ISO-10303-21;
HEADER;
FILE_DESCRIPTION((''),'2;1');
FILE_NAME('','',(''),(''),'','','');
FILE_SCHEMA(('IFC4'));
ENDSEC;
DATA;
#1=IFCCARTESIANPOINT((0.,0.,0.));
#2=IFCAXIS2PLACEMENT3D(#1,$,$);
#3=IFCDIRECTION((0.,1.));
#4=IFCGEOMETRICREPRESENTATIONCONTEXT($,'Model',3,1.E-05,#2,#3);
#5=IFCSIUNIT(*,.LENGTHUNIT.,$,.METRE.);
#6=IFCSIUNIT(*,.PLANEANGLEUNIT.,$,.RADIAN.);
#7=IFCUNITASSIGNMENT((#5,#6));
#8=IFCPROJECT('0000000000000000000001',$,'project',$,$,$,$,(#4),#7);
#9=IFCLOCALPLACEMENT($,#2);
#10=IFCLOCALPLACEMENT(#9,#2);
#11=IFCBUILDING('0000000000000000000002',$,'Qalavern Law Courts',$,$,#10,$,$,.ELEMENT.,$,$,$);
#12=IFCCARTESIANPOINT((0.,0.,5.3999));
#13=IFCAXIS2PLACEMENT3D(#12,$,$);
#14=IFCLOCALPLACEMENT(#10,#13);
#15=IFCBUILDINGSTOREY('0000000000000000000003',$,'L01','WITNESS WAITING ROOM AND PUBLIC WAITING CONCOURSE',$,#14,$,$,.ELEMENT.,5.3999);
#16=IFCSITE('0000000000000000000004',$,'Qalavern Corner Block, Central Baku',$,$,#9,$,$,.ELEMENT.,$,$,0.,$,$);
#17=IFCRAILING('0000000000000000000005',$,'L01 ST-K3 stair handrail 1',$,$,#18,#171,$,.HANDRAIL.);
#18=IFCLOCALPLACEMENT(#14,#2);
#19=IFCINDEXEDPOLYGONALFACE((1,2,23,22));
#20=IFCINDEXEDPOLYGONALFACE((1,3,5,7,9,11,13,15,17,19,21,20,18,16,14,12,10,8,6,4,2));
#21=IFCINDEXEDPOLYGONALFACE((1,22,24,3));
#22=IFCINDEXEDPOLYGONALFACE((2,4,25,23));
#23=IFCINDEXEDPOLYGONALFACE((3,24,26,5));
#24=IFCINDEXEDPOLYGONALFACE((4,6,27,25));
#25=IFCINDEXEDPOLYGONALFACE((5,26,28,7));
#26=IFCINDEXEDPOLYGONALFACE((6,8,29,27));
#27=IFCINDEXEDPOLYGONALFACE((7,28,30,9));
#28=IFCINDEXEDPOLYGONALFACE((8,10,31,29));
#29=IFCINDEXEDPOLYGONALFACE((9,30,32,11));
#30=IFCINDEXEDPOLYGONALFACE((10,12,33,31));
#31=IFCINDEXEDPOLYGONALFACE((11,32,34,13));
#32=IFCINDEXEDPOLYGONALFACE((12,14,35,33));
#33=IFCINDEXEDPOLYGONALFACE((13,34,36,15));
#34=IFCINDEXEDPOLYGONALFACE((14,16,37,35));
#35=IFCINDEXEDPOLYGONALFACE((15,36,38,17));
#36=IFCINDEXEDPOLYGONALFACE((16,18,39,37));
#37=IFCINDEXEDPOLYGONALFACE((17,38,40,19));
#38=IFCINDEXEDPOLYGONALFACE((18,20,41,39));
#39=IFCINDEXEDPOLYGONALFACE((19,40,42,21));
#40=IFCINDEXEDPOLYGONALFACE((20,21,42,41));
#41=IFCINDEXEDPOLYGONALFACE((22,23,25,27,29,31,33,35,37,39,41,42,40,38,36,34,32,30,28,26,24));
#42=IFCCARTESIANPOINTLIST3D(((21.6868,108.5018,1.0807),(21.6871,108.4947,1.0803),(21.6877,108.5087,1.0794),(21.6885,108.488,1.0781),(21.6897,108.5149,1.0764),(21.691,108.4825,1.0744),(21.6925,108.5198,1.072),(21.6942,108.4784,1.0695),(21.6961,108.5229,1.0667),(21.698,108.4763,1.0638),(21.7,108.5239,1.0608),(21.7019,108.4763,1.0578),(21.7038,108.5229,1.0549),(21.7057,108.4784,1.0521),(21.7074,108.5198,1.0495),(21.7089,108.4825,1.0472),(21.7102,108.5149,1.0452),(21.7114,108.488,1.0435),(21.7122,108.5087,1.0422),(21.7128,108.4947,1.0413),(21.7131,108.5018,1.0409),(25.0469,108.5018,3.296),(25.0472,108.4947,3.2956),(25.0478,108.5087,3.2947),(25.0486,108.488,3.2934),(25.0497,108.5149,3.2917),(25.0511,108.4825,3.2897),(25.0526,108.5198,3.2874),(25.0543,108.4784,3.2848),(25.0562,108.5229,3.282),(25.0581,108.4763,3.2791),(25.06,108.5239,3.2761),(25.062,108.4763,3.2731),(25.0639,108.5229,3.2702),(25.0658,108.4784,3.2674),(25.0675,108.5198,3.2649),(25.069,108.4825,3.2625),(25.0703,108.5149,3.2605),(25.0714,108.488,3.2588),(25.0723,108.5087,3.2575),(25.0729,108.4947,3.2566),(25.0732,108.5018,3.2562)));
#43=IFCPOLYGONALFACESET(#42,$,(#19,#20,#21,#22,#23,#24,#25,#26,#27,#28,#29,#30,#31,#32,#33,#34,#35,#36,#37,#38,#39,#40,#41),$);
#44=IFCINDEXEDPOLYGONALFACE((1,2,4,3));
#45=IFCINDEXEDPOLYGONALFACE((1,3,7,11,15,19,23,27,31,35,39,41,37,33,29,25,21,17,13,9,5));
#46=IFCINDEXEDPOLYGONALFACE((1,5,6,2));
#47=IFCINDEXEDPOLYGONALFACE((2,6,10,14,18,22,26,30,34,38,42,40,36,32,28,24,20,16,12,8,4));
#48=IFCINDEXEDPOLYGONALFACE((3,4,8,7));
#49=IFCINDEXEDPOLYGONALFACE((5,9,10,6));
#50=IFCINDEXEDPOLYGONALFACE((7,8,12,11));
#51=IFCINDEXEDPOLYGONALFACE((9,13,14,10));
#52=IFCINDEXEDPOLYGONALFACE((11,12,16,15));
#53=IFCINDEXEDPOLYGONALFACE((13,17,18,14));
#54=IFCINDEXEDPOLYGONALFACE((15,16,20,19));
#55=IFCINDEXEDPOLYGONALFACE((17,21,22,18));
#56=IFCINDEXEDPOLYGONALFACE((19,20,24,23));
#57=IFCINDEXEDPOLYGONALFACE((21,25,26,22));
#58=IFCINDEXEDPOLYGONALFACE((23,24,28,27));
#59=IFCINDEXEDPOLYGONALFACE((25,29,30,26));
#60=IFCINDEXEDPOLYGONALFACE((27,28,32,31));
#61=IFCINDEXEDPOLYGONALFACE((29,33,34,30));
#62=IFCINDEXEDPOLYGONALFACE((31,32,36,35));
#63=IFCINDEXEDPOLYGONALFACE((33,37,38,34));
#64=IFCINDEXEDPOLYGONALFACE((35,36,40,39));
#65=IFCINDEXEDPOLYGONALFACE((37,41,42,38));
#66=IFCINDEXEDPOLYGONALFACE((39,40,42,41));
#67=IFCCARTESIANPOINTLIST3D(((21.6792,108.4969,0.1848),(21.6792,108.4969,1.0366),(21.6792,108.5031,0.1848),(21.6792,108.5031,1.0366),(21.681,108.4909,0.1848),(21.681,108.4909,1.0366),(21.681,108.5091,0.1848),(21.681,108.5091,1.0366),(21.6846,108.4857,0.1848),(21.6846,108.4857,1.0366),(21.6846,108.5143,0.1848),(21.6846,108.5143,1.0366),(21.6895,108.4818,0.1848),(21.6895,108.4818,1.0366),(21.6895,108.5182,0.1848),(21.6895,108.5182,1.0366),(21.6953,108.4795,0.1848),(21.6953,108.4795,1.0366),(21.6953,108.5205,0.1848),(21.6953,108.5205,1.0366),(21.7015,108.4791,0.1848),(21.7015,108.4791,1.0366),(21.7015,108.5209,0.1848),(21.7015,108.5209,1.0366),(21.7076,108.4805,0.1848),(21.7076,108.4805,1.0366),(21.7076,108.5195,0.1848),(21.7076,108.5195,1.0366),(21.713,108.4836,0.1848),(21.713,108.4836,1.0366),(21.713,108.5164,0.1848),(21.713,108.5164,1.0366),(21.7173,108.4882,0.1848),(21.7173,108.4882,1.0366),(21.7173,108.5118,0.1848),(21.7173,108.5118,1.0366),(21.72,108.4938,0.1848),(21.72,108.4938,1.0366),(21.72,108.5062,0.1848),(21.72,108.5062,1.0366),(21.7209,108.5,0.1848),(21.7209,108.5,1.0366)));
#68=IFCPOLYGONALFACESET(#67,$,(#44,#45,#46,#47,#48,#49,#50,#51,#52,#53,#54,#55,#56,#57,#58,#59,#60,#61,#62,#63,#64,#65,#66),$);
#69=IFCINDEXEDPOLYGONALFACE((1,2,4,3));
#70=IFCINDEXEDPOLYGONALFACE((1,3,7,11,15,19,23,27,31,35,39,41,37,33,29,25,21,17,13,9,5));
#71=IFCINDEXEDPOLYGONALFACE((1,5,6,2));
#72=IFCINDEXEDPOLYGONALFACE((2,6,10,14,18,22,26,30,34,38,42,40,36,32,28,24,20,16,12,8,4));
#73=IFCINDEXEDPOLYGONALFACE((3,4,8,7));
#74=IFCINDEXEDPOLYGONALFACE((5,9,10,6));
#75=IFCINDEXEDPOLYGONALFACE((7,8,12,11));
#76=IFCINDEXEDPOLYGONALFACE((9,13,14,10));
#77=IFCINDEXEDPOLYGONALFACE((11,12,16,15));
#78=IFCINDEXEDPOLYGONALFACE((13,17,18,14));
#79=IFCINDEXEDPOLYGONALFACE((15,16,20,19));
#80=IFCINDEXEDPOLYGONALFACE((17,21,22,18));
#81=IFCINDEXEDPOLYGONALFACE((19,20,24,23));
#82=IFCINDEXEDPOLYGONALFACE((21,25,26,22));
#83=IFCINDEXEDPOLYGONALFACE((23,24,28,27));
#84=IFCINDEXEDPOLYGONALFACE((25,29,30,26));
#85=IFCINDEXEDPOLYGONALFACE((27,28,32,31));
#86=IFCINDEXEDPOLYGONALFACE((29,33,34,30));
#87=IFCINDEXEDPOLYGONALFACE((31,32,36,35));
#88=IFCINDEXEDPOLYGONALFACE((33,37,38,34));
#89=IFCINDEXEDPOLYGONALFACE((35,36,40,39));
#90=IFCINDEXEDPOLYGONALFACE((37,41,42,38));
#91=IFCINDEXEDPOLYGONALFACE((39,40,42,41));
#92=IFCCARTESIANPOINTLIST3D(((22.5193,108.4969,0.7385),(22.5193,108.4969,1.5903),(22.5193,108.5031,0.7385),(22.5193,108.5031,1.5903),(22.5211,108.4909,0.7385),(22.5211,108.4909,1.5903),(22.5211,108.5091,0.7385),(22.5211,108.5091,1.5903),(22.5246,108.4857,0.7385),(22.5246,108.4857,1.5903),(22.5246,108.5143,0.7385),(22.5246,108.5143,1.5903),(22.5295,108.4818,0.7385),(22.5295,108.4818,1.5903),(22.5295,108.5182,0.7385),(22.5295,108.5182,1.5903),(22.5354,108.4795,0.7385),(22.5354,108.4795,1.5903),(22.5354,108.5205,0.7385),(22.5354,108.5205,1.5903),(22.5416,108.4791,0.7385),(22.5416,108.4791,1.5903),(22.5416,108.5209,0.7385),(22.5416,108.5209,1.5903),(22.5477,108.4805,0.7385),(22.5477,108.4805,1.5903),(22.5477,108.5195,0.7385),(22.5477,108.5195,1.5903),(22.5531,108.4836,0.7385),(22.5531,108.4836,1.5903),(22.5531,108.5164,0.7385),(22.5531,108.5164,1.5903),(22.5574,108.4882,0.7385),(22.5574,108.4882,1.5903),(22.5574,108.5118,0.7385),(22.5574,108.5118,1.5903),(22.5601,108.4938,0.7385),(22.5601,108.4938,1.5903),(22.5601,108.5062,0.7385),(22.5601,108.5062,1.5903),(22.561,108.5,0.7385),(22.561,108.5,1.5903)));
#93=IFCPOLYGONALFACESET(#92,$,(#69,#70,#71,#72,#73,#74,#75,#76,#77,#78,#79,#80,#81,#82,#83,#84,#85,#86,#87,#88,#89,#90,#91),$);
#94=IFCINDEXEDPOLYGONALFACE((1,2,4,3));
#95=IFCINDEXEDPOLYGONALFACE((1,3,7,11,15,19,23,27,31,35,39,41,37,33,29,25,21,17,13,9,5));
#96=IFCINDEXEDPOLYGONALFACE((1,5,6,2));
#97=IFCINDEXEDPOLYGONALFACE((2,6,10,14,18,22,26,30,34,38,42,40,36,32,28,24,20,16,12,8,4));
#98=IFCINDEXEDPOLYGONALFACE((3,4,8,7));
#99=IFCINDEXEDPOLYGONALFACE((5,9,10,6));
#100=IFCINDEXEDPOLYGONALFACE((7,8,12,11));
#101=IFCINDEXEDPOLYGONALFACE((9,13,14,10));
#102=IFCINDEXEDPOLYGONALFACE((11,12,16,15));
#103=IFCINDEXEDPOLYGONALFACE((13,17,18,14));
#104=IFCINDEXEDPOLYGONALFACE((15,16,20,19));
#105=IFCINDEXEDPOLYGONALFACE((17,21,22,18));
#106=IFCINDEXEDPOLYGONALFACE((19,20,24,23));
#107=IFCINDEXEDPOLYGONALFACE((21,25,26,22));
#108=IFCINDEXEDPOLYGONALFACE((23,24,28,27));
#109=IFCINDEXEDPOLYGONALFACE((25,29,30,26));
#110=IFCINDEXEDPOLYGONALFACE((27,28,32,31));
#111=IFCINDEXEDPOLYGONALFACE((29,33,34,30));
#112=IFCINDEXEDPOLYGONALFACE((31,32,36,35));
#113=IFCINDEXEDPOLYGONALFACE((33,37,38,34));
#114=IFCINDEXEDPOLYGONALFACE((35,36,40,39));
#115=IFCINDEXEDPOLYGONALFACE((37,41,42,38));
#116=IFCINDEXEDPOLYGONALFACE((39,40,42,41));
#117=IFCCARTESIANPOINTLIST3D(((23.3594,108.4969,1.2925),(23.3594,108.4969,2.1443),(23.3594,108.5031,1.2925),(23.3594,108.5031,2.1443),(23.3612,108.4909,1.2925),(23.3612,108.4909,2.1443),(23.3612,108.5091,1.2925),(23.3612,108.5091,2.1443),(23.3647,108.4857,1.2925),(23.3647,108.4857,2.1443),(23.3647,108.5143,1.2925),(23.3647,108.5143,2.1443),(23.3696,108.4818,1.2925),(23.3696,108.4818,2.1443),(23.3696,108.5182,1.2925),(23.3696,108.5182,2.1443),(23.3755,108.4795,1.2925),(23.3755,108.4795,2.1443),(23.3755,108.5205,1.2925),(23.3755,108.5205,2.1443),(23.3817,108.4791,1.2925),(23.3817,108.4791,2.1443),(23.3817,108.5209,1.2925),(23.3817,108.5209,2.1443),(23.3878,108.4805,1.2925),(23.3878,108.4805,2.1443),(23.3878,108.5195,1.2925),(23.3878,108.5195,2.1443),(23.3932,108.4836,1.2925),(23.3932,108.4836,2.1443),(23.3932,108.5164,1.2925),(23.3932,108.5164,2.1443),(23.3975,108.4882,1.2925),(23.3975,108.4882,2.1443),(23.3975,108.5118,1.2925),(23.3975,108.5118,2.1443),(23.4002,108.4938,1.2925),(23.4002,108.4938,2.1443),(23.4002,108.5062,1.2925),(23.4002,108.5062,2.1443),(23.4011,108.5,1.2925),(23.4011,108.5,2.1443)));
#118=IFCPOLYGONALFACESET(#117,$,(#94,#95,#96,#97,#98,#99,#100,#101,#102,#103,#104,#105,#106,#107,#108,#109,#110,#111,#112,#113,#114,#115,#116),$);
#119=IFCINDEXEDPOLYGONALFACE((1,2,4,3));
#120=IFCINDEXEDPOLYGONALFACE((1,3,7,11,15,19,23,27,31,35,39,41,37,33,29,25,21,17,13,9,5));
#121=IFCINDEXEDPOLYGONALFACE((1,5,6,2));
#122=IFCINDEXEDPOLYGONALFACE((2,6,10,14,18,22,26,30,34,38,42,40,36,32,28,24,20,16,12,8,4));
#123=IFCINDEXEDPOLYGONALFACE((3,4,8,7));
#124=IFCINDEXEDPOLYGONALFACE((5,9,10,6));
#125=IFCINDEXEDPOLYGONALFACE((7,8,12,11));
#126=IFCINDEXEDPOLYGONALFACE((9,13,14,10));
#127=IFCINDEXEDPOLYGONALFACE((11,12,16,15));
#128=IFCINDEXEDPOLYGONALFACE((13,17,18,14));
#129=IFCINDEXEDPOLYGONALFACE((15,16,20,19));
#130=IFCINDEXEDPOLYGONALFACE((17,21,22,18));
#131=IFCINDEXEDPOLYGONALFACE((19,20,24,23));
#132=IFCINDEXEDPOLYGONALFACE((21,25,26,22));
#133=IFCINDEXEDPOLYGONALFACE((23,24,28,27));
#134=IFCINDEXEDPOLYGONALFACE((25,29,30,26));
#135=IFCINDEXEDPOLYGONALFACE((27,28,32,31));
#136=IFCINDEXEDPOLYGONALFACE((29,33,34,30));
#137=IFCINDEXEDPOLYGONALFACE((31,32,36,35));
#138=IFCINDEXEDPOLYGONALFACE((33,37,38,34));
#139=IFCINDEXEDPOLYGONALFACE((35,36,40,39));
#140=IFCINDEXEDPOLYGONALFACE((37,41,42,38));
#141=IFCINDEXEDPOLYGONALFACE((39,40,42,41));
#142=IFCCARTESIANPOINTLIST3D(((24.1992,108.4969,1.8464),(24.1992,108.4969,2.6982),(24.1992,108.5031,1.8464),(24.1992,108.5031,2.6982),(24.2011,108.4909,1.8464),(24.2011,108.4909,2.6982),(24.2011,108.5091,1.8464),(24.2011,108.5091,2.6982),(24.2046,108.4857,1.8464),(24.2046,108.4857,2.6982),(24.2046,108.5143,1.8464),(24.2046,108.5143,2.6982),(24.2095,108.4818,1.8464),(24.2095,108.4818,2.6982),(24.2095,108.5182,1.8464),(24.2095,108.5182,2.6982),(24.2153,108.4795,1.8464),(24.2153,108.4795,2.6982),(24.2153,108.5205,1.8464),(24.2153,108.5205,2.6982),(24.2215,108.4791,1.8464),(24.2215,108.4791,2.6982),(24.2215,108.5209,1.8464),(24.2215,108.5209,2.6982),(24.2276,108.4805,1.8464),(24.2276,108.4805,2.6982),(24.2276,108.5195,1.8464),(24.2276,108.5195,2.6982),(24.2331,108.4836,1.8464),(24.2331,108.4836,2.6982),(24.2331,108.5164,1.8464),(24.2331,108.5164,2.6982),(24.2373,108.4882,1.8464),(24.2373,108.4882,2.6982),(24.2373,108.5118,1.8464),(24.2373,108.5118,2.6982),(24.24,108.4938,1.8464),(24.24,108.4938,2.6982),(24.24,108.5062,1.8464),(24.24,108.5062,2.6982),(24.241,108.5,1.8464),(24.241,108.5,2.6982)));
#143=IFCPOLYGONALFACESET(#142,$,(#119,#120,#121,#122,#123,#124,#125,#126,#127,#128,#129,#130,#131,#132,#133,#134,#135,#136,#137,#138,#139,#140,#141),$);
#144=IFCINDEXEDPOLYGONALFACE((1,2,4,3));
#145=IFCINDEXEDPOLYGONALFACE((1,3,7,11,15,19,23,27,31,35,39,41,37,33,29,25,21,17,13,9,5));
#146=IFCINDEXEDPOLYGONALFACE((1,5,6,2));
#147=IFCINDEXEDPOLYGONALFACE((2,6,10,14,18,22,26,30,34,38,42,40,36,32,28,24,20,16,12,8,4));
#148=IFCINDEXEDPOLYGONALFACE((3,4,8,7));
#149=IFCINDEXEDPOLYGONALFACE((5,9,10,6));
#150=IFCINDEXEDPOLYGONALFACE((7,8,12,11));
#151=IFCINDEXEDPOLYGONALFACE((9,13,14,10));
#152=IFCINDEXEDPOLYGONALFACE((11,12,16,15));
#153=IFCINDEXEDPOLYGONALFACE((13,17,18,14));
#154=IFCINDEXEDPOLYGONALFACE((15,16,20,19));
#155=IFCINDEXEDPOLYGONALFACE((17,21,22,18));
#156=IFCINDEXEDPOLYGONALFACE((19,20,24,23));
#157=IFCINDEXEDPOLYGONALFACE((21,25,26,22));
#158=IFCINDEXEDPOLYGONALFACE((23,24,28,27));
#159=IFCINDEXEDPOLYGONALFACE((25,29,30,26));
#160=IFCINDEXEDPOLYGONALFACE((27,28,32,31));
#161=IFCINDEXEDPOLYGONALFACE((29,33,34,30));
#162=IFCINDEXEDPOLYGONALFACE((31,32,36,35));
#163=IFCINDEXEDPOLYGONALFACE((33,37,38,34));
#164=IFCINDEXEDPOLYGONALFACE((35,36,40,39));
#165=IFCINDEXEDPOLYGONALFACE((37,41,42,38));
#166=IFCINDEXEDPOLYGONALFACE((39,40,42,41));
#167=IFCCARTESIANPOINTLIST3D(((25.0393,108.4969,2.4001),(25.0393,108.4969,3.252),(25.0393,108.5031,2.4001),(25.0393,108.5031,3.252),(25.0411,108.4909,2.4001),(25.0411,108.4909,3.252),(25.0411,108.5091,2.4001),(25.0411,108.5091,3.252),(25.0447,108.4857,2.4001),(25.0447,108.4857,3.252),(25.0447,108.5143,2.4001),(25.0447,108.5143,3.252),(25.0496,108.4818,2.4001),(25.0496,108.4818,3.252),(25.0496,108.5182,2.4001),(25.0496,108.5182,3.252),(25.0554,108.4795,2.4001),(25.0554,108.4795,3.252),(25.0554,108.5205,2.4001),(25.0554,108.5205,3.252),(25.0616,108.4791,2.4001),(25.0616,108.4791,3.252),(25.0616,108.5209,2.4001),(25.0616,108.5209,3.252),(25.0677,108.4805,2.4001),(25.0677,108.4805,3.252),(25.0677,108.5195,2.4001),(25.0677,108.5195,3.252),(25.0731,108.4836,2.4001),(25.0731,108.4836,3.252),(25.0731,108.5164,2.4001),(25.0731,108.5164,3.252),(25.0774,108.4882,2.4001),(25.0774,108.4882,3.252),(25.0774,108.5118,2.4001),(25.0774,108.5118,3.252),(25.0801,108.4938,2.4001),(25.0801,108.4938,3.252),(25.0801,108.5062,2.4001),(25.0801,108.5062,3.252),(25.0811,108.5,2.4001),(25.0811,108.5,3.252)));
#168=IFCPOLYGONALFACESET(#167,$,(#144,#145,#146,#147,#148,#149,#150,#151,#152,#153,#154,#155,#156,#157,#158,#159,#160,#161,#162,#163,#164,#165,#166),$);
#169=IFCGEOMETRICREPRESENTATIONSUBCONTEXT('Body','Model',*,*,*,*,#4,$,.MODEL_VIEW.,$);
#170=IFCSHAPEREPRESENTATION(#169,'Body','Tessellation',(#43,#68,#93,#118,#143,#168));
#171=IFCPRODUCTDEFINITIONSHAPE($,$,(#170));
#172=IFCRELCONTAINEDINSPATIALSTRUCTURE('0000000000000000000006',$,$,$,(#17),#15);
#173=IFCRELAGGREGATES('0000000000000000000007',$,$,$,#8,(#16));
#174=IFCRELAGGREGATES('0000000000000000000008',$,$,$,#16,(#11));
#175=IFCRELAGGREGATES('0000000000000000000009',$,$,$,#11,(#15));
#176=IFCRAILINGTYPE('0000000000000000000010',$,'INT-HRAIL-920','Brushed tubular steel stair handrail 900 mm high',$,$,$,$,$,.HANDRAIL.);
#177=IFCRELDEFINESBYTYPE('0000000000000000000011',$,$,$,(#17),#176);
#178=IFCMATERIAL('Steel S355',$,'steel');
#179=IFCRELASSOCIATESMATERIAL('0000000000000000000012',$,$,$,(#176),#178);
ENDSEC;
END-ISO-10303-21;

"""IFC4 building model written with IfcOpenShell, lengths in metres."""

from ifc_helpers import new_model, si_unit, direction, frame, origin, origin_2d, place, context, subcontext, project, spatial, circle, extrude, material, type_object, element, save


model = new_model("IFC4")

# Units and contexts
model_context = context("Model", 3, precision=1e-05, world=origin(), true_north=direction((0.0, 1.0)))
body_context = subcontext(model_context, "Body", "Model", "MODEL_VIEW")
ifc_project = project(units=[si_unit("LENGTHUNIT", "METRE"), si_unit("PLANEANGLEUNIT", "RADIAN")], contexts=[model_context])

# Site, building, storey
site_placement = place(None, origin())
site = spatial("IfcSite", under=ifc_project, at=site_placement, Name="Qalavern Corner Block, Central Baku", CompositionType="ELEMENT", RefElevation=0.0)
building_placement = place(site_placement, origin())
building = spatial("IfcBuilding", under=site, at=building_placement, Name="Qalavern Law Courts", CompositionType="ELEMENT")
storey_placement = place(building_placement, frame((0.0, 0.0, 5.3999)))
storey = spatial("IfcBuildingStorey", under=building, at=storey_placement, Name="L01", Description="WITNESS WAITING ROOM AND PUBLIC WAITING CONCOURSE", CompositionType="ELEMENT", Elevation=5.3999)

# Shared definitions
ifc_material_1 = material(Name="Steel S355", Category="steel")

# Railing
railing_type_1 = type_object("IfcRailingType", Name="INT-HRAIL-920", Description="Brushed tubular steel stair handrail 900 mm high", PredefinedType="HANDRAIL", material=ifc_material_1)
railing_1_placement = place(storey_placement, frame((21.7, 108.5, 0.1848)))
element("IfcRailing", 1, at=railing_1_placement, inside=storey, type_object=railing_type_1, Name="L01 ST-K3 stair handrail 1", PredefinedType="HANDRAIL", context=body_context, shape_type="SweptSolid", body=[
    extrude(circle(Radius=0.0239, at=origin_2d()), frame((0.0, 0.0, 0.876), z_axis=(0.834876, 0.0, 0.550437), x_axis=(0.0, 1.0, 0.0)), (0.0, 0.0, 1.0), 4.0247),
    extrude(circle(Radius=0.021, at=origin_2d()), origin(), (0.0, 0.0, 1.0), 0.8518),
    extrude(circle(Radius=0.021, at=origin_2d()), frame((0.8401, 0.0, 0.5537)), (0.0, 0.0, 1.0), 0.8518),
    extrude(circle(Radius=0.021, at=origin_2d()), frame((1.6802, 0.0, 1.1077)), (0.0, 0.0, 1.0), 0.8518),
    extrude(circle(Radius=0.021, at=origin_2d()), frame((2.52, 0.0, 1.6616)), (0.0, 0.0, 1.0), 0.8518),
    extrude(circle(Radius=0.021, at=origin_2d()), frame((3.3601, 0.0, 2.2153)), (0.0, 0.0, 1.0), 0.8518),
])

save(model, "model.ifc")
